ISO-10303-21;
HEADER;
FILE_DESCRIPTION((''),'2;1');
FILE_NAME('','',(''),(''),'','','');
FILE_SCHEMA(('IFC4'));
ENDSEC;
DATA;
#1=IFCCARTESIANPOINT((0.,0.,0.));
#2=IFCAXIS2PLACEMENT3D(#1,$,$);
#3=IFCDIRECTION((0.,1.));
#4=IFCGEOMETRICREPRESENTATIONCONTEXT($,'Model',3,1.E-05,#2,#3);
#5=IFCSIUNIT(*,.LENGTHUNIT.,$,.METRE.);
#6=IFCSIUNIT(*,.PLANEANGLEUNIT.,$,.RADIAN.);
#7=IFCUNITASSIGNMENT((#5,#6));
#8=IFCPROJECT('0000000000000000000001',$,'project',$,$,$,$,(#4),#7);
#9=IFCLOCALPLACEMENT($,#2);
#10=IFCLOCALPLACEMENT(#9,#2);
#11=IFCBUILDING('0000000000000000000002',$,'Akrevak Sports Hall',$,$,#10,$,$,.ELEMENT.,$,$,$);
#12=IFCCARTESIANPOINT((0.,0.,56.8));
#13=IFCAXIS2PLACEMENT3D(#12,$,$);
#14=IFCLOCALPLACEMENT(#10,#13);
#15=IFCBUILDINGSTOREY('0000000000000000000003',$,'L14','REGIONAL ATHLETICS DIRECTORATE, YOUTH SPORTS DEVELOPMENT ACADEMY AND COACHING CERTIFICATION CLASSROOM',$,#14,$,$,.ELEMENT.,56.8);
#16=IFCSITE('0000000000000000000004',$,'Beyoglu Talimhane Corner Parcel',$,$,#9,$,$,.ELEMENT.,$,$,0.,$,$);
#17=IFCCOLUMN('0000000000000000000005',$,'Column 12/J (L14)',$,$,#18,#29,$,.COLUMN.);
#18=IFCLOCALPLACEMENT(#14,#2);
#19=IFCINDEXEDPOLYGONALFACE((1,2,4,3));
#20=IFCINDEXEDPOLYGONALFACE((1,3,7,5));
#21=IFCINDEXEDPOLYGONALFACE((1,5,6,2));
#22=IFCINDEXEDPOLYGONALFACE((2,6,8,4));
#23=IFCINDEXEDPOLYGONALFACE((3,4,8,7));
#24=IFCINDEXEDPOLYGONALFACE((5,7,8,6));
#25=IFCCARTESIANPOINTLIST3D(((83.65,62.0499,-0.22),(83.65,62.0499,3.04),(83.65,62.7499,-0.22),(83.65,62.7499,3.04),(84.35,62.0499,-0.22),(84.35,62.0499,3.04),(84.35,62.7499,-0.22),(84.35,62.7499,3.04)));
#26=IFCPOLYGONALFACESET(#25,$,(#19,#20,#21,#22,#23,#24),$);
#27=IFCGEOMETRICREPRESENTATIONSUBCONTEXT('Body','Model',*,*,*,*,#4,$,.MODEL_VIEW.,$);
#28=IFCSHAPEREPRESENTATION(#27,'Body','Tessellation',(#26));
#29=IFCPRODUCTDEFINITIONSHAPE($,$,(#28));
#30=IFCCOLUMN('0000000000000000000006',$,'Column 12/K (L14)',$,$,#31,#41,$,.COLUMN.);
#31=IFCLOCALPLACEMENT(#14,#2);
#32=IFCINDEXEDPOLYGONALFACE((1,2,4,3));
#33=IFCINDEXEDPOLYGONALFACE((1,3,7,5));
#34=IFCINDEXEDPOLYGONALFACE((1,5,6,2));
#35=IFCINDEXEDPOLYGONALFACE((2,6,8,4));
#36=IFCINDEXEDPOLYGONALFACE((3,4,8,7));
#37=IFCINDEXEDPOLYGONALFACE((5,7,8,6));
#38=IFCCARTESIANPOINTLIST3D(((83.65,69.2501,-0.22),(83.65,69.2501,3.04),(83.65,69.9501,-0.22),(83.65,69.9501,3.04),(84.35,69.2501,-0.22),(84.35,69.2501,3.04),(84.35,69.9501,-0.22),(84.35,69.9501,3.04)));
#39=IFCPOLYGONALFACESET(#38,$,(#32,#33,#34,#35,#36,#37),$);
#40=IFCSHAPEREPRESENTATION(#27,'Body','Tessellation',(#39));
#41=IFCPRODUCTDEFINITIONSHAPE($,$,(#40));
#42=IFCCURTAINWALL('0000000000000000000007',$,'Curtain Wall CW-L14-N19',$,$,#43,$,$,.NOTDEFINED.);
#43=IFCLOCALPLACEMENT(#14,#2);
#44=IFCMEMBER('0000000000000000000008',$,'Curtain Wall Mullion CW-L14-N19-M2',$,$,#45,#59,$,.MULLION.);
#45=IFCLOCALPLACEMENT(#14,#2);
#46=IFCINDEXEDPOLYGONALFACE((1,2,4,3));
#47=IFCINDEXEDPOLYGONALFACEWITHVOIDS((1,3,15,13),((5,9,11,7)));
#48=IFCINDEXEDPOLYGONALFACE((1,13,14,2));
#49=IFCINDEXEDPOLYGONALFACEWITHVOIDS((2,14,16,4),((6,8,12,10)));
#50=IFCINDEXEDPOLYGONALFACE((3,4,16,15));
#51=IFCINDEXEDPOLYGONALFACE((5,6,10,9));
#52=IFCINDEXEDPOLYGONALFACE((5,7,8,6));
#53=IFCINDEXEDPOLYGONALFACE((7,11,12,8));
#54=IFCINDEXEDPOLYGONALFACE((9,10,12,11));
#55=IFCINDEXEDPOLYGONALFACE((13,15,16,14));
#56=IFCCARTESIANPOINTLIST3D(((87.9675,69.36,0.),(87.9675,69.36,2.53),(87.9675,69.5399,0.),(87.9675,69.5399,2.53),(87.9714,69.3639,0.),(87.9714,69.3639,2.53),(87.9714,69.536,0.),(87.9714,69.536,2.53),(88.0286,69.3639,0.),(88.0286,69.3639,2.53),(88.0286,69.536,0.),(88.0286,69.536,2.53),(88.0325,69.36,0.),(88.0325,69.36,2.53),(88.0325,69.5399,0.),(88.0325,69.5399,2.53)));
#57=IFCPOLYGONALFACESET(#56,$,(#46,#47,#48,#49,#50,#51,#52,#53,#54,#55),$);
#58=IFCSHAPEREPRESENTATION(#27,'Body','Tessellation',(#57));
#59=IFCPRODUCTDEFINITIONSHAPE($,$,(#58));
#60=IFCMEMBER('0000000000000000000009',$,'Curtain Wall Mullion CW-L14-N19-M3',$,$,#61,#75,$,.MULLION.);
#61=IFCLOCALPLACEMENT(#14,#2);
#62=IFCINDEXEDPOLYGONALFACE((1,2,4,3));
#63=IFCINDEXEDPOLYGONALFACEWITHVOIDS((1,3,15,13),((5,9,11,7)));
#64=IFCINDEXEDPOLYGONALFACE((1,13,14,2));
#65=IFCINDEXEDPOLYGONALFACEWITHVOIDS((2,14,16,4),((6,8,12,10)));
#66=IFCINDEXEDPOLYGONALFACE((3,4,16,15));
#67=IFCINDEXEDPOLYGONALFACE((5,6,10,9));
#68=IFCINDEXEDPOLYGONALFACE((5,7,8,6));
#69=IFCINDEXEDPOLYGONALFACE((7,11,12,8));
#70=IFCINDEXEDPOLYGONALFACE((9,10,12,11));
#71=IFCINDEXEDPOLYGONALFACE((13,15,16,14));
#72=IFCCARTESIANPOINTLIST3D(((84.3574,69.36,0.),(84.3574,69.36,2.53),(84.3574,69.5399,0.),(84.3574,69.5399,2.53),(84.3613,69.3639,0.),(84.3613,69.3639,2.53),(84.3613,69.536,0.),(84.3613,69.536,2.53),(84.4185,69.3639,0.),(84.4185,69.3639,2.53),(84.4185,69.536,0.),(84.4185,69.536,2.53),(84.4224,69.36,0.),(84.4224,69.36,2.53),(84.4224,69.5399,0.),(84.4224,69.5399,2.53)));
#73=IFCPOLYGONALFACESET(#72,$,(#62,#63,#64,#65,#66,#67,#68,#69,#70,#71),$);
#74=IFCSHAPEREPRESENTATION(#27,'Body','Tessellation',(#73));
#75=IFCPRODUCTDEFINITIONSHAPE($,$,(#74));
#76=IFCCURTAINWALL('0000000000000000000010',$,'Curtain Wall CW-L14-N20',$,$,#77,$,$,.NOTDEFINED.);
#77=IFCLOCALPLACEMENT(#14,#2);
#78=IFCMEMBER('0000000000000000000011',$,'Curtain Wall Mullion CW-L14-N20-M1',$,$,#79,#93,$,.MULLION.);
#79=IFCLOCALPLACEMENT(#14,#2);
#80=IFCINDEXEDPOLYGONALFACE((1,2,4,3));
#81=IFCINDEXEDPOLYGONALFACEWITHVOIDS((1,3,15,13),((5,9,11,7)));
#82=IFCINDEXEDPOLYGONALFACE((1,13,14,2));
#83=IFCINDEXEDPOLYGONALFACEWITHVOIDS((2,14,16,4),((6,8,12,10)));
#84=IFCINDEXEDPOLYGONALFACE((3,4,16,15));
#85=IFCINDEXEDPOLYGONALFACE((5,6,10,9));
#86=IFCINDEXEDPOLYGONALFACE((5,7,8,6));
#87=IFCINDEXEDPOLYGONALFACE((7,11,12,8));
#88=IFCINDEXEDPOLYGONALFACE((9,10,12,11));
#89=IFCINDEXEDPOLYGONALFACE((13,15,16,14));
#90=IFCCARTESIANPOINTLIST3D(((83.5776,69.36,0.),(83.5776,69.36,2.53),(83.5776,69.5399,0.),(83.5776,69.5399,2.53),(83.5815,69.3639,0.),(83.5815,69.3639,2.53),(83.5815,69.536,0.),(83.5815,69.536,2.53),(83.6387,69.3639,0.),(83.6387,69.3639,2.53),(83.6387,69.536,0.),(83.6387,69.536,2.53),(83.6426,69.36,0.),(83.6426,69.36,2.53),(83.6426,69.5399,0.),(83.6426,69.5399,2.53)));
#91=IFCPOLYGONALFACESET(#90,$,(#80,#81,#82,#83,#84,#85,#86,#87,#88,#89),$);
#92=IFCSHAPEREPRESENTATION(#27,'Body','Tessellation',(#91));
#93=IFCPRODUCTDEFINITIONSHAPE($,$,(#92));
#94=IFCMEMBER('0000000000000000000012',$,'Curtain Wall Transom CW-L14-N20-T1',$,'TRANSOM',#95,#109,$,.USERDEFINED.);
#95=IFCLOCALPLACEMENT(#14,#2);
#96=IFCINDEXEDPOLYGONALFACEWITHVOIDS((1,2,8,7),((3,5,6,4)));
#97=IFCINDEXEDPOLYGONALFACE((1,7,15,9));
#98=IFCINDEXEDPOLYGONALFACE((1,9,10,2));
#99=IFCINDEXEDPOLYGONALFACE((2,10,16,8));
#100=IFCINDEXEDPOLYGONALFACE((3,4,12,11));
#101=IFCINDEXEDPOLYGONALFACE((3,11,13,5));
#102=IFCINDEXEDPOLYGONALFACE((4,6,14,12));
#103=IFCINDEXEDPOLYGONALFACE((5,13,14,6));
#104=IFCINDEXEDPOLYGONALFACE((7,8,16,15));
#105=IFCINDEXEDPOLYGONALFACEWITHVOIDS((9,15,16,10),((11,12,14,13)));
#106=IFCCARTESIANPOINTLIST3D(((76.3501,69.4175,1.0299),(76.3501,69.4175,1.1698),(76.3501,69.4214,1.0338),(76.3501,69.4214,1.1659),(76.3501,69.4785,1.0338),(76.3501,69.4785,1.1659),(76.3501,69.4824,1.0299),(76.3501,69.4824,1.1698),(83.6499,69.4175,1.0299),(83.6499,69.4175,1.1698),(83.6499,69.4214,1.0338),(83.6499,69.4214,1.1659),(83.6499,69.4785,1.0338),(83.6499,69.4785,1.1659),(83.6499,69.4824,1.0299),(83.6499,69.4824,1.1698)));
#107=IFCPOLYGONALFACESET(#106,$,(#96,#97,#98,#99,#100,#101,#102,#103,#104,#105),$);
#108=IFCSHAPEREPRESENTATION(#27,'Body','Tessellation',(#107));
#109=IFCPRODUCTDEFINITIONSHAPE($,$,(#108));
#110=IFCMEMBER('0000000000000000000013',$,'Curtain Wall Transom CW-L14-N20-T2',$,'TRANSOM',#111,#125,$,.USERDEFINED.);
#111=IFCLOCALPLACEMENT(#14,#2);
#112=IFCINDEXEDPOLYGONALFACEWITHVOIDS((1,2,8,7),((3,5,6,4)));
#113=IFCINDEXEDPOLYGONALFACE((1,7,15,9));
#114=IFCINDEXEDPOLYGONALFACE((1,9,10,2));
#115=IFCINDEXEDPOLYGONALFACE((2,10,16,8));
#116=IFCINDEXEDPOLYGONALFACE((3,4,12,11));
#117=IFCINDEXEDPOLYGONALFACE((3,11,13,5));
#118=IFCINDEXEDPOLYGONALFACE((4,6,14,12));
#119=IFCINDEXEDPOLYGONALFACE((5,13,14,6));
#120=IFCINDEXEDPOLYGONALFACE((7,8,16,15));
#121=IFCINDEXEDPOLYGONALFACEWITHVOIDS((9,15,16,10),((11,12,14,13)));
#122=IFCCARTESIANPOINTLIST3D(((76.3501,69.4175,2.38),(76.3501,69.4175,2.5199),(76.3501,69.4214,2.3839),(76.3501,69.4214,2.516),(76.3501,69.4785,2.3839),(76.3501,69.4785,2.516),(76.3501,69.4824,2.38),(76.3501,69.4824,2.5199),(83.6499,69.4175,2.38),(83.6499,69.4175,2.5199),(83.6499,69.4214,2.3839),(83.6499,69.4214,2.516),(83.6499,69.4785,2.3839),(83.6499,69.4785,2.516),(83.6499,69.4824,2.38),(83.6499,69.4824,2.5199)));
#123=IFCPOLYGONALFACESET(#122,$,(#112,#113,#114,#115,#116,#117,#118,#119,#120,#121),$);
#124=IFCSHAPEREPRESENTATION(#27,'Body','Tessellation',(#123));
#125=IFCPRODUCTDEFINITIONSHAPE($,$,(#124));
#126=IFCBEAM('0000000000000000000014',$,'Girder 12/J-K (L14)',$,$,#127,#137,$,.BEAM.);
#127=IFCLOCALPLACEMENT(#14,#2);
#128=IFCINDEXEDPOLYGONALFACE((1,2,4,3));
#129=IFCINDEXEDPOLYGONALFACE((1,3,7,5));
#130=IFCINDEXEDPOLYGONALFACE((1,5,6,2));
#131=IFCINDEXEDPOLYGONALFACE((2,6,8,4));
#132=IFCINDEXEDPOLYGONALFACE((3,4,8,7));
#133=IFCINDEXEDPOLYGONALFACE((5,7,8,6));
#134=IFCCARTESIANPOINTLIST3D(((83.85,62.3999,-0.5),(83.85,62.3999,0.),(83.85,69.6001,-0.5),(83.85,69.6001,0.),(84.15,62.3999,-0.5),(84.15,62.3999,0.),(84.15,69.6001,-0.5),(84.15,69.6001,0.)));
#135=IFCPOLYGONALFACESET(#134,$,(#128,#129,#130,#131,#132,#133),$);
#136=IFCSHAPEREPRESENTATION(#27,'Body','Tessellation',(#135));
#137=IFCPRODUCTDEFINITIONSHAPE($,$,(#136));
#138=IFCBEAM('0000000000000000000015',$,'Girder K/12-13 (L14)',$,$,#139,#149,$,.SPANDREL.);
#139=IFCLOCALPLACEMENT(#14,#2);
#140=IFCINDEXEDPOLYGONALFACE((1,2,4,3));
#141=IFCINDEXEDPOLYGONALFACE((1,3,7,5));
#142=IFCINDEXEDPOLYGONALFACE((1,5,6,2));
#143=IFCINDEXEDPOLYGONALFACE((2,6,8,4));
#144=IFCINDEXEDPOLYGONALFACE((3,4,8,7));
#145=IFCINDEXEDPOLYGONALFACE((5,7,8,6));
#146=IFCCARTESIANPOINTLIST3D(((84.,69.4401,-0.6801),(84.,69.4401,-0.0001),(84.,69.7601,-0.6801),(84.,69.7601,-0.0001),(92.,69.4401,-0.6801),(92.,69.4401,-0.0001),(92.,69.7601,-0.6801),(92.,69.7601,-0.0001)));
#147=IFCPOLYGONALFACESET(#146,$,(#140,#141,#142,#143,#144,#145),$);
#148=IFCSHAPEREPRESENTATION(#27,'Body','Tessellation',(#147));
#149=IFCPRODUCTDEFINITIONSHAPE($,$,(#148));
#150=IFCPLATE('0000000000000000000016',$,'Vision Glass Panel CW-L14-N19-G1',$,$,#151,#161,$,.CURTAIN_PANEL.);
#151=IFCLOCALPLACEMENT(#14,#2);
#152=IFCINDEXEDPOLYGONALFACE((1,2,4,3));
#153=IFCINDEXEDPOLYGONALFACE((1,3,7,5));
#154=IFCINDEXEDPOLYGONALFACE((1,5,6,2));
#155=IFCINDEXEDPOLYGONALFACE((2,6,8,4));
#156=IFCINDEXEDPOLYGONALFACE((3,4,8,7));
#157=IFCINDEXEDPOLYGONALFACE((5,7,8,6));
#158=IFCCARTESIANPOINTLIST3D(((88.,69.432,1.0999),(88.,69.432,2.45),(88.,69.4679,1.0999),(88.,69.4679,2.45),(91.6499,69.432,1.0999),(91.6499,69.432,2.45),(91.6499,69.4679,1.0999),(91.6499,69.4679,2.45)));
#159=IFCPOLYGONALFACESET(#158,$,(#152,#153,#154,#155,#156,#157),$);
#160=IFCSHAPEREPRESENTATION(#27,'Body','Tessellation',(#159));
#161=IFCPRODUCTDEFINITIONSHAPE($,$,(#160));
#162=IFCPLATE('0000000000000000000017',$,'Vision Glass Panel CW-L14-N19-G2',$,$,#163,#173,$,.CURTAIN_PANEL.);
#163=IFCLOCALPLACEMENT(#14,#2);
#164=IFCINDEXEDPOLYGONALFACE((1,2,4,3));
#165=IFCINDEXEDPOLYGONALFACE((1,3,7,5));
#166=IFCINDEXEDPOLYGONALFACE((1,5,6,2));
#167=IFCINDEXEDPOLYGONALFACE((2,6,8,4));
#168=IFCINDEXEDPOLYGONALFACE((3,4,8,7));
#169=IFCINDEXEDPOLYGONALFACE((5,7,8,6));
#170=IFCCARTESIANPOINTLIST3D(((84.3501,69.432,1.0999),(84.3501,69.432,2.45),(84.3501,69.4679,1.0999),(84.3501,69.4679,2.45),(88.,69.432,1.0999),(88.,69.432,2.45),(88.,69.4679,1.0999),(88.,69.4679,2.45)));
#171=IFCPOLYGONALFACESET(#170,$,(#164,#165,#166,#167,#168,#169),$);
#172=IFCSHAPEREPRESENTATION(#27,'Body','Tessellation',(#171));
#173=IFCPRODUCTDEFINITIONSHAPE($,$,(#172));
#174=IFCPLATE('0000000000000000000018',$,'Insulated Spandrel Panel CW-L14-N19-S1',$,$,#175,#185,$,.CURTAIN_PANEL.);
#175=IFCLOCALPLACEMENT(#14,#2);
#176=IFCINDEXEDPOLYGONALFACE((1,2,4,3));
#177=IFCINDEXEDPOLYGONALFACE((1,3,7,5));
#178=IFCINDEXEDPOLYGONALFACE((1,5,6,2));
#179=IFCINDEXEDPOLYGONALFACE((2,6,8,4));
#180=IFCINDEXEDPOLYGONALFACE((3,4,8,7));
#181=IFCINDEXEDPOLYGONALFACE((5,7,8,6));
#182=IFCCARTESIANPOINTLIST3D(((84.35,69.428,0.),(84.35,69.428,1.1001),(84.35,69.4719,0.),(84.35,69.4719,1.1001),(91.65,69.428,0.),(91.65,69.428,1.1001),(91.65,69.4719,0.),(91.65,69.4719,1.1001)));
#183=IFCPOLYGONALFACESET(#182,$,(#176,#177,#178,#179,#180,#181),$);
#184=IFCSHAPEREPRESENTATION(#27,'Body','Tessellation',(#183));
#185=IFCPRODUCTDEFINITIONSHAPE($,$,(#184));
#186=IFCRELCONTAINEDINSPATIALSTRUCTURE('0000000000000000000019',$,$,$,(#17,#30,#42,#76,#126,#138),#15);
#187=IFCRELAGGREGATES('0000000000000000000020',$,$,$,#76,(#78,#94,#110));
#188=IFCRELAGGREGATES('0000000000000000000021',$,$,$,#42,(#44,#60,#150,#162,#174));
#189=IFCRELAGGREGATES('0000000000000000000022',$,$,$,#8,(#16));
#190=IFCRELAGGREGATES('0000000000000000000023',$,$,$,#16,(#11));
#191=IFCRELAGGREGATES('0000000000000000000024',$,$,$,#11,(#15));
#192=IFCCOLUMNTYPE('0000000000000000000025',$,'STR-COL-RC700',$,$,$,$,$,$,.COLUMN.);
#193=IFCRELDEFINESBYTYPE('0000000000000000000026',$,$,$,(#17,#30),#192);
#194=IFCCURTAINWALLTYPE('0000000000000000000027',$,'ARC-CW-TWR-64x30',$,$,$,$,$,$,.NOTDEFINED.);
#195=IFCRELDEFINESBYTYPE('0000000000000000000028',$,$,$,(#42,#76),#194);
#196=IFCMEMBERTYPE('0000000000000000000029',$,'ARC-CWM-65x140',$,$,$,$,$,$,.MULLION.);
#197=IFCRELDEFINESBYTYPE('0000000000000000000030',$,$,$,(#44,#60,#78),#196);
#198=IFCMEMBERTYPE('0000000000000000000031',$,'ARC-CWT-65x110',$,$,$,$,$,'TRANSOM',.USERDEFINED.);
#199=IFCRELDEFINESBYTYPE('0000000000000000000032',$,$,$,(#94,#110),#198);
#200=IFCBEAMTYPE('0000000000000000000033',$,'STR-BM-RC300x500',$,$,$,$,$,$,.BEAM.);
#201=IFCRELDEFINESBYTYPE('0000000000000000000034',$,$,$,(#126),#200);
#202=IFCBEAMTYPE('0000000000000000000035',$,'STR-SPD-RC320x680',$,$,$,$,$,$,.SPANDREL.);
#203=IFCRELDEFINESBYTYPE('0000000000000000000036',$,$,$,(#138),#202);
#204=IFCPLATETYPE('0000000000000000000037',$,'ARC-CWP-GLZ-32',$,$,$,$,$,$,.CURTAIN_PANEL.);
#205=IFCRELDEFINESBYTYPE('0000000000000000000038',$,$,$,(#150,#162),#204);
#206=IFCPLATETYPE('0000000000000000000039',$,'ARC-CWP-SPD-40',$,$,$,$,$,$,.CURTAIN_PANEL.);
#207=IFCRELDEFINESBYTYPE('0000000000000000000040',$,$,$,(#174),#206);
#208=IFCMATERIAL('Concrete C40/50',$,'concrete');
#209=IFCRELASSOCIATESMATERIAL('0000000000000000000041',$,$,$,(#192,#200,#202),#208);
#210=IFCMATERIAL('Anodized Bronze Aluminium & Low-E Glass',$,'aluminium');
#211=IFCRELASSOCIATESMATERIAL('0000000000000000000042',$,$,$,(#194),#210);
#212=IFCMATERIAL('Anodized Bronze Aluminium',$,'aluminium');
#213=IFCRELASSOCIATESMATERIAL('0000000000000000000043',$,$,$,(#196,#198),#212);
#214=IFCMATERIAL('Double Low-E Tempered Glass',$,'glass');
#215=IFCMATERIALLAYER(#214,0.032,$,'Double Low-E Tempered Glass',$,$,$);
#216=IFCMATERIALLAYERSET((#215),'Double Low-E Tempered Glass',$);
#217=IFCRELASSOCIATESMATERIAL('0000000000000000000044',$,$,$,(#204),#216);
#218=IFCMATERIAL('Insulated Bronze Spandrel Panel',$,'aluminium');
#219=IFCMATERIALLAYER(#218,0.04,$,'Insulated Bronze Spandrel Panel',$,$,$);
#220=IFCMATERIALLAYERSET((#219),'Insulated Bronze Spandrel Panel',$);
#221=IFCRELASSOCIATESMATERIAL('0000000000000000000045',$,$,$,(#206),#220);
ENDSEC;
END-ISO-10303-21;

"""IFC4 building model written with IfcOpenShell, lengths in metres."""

from ifc_helpers import new_model, si_unit, direction, frame, origin, origin_2d, place, context, subcontext, project, spatial, rectangle, hollow_rectangle, extrude, material, layer, layer_set, material_profile, profile_set, type_object, element, aggregate, save


model = new_model("IFC4")

# Units and contexts
model_context = context("Model", 3, precision=1e-05, world=origin(), true_north=direction((0.0, 1.0)))
body_context = subcontext(model_context, "Body", "Model", "MODEL_VIEW")
ifc_project = project(units=[si_unit("LENGTHUNIT", "METRE"), si_unit("PLANEANGLEUNIT", "RADIAN")], contexts=[model_context])

# Site, building, storey
site_placement = place(None, origin())
site = spatial("IfcSite", under=ifc_project, at=site_placement, Name="Beyoglu Talimhane Corner Parcel", CompositionType="ELEMENT", RefElevation=0.0)
building_placement = place(site_placement, origin())
building = spatial("IfcBuilding", under=site, at=building_placement, Name="Akrevak Sports Hall", CompositionType="ELEMENT")
storey_placement = place(building_placement, frame((0.0, 0.0, 56.8)))
storey = spatial("IfcBuildingStorey", under=building, at=storey_placement, Name="L14", Description="REGIONAL ATHLETICS DIRECTORATE, YOUTH SPORTS DEVELOPMENT ACADEMY AND COACHING CERTIFICATION CLASSROOM", CompositionType="ELEMENT", Elevation=56.8)

# Columns
ifc_material_1 = material(Name="Concrete C40/50", Category="concrete")
ifc_material_profile_1 = material_profile(ifc_material_1, rectangle(XDim=0.7, YDim=0.7, at=origin_2d()), Name="RC 700x700", Category="concrete")
ifc_profile_set_1 = profile_set([ifc_material_profile_1], Name="Concrete C40/50")
column_type = type_object("IfcColumnType", Name="STR-COL-RC700", PredefinedType="COLUMN", material=ifc_profile_set_1)
for number, where, z_axis, x_axis, name in (
    (1, (84.0, 62.3999, -0.22), (0.0, 0.0, 1.0), (1.0, 0.0, 0.0), "Column 12/J (L14)"),
    (2, (84.0, 69.6001, -0.22), (0.0, 0.0, 1.0), (1.0, 0.0, 0.0), "Column 12/K (L14)"),
):
    element("IfcColumn", number, at=place(storey_placement, frame(where, z_axis=z_axis, x_axis=x_axis)), inside=storey, type_object=column_type, Name=name, PredefinedType="COLUMN", context=body_context, shape_type="SweptSolid", body=[
        extrude(rectangle(XDim=0.7, YDim=0.7, at=origin_2d()), origin(), (0.0, 0.0, 1.0), 3.26),
    ])

# Curtain walls, members
ifc_material_2 = material(Name="Anodized Bronze Aluminium & Low-E Glass", Category="aluminium")
curtain_wall_type = type_object("IfcCurtainWallType", Name="ARC-CW-TWR-64x30", PredefinedType="NOTDEFINED", material=ifc_material_2)
curtain_wall_1_placement = place(storey_placement, origin())
curtain_wall_1 = element("IfcCurtainWall", 3, at=curtain_wall_1_placement, inside=storey, type_object=curtain_wall_type, Name="Curtain Wall CW-L14-N19", PredefinedType="NOTDEFINED")
ifc_material_3 = material(Name="Anodized Bronze Aluminium", Category="aluminium")
ifc_material_profile_2 = material_profile(ifc_material_3, hollow_rectangle(XDim=0.0649, YDim=0.1799, WallThickness=0.0039, at=origin_2d()), Name="CWM 65x180", Category="aluminium")
ifc_profile_set_2 = profile_set([ifc_material_profile_2], Name="Anodized Bronze Aluminium")
member_type_1 = type_object("IfcMemberType", Name="ARC-CWM-65x140", PredefinedType="MULLION", material=ifc_profile_set_2)
member_1_placement = place(storey_placement, frame((88.0, 69.45, 0.0), z_axis=(0.0, 0.0, 1.0), x_axis=(-1.0, 0.0, 0.0)))
member_1 = element("IfcMember", 4, at=member_1_placement, type_object=member_type_1, Name="Curtain Wall Mullion CW-L14-N19-M2", PredefinedType="MULLION", context=body_context, shape_type="SweptSolid", body=[
    extrude(hollow_rectangle(XDim=0.0649, YDim=0.1799, WallThickness=0.0039, at=origin_2d()), origin(), (0.0, 0.0, 1.0), 2.53),
])
member_2_placement = place(storey_placement, frame((84.3899, 69.45, 0.0), z_axis=(0.0, 0.0, 1.0), x_axis=(-1.0, 0.0, 0.0)))
member_2 = element("IfcMember", 5, at=member_2_placement, type_object=member_type_1, Name="Curtain Wall Mullion CW-L14-N19-M3", PredefinedType="MULLION", context=body_context, shape_type="SweptSolid", body=[
    extrude(hollow_rectangle(XDim=0.0649, YDim=0.1799, WallThickness=0.0039, at=origin_2d()), origin(), (0.0, 0.0, 1.0), 2.53),
])
curtain_wall_2_placement = place(storey_placement, origin())
curtain_wall_2 = element("IfcCurtainWall", 6, at=curtain_wall_2_placement, inside=storey, type_object=curtain_wall_type, Name="Curtain Wall CW-L14-N20", PredefinedType="NOTDEFINED")
member_3_placement = place(storey_placement, frame((83.6101, 69.45, 0.0), z_axis=(0.0, 0.0, 1.0), x_axis=(-1.0, 0.0, 0.0)))
member_3 = element("IfcMember", 7, at=member_3_placement, type_object=member_type_1, Name="Curtain Wall Mullion CW-L14-N20-M1", PredefinedType="MULLION", context=body_context, shape_type="SweptSolid", body=[
    extrude(hollow_rectangle(XDim=0.0649, YDim=0.1799, WallThickness=0.0039, at=origin_2d()), origin(), (0.0, 0.0, 1.0), 2.53),
])
ifc_material_profile_3 = material_profile(ifc_material_3, hollow_rectangle(XDim=0.0649, YDim=0.1399, WallThickness=0.0039, at=origin_2d()), Name="CWT 65x140", Category="aluminium")
ifc_profile_set_3 = profile_set([ifc_material_profile_3], Name="Anodized Bronze Aluminium")
member_type_2 = type_object("IfcMemberType", Name="ARC-CWT-65x110", ElementType="TRANSOM", PredefinedType="USERDEFINED", material=ifc_profile_set_3)
member_4_placement = place(storey_placement, frame((83.6499, 69.45, 1.0999), z_axis=(-1.0, 0.0, 0.0), x_axis=(0.0, -1.0, 0.0)))
member_4 = element("IfcMember", 8, at=member_4_placement, type_object=member_type_2, Name="Curtain Wall Transom CW-L14-N20-T1", ObjectType="TRANSOM", PredefinedType="USERDEFINED", context=body_context, shape_type="SweptSolid", body=[
    extrude(hollow_rectangle(XDim=0.0649, YDim=0.1399, WallThickness=0.0039, at=origin_2d()), origin(), (0.0, 0.0, 1.0), 7.2998),
])
member_5_placement = place(storey_placement, frame((83.6499, 69.45, 2.45), z_axis=(-1.0, 0.0, 0.0), x_axis=(0.0, -1.0, 0.0)))
member_5 = element("IfcMember", 9, at=member_5_placement, type_object=member_type_2, Name="Curtain Wall Transom CW-L14-N20-T2", ObjectType="TRANSOM", PredefinedType="USERDEFINED", context=body_context, shape_type="SweptSolid", body=[
    extrude(hollow_rectangle(XDim=0.0649, YDim=0.1399, WallThickness=0.0039, at=origin_2d()), origin(), (0.0, 0.0, 1.0), 7.2998),
])
aggregate(curtain_wall_2, [member_3, member_4, member_5])

# Beams
ifc_material_profile_4 = material_profile(ifc_material_1, rectangle(XDim=0.3, YDim=0.5, at=origin_2d()), Name="BM 300x500", Category="concrete")
ifc_profile_set_4 = profile_set([ifc_material_profile_4], Name="Concrete C40/50")
beam_type_1 = type_object("IfcBeamType", Name="STR-BM-RC300x500", PredefinedType="BEAM", material=ifc_profile_set_4)
beam_1_placement = place(storey_placement, frame((84.0, 62.3999, -0.25), z_axis=(0.0, 1.0, 0.0), x_axis=(-1.0, 0.0, 0.0)))
element("IfcBeam", 10, at=beam_1_placement, inside=storey, type_object=beam_type_1, Name="Girder 12/J-K (L14)", PredefinedType="BEAM", context=body_context, shape_type="SweptSolid", body=[
    extrude(rectangle(XDim=0.3, YDim=0.5, at=origin_2d()), origin(), (0.0, 0.0, 1.0), 7.2002),
])
ifc_material_profile_5 = material_profile(ifc_material_1, rectangle(XDim=0.3201, YDim=0.6799, at=origin_2d()), Name="SPD 320x680", Category="concrete")
ifc_profile_set_5 = profile_set([ifc_material_profile_5], Name="Concrete C40/50")
beam_type_2 = type_object("IfcBeamType", Name="STR-SPD-RC320x680", PredefinedType="SPANDREL", material=ifc_profile_set_5)
beam_2_placement = place(storey_placement, frame((84.0, 69.6001, -0.3401), z_axis=(1.0, 0.0, 0.0), x_axis=(0.0, 1.0, 0.0)))
element("IfcBeam", 11, at=beam_2_placement, inside=storey, type_object=beam_type_2, Name="Girder K/12-13 (L14)", PredefinedType="SPANDREL", context=body_context, shape_type="SweptSolid", body=[
    extrude(rectangle(XDim=0.3201, YDim=0.6799, at=origin_2d()), origin(), (0.0, 0.0, 1.0), 8.0),
])

# Plates
ifc_material_4 = material(Name="Double Low-E Tempered Glass", Category="glass")
ifc_layer_1 = layer(ifc_material_4, 0.032, Name="Double Low-E Tempered Glass")
ifc_layer_set_1 = layer_set([ifc_layer_1], Name="Double Low-E Tempered Glass")
plate_type_1 = type_object("IfcPlateType", Name="ARC-CWP-GLZ-32", PredefinedType="CURTAIN_PANEL", material=ifc_layer_set_1)
plate_1_placement = place(storey_placement, frame((89.825, 69.45, 1.0999), z_axis=(0.0, 0.0, 1.0), x_axis=(-1.0, 0.0, 0.0)))
plate_1 = element("IfcPlate", 12, at=plate_1_placement, type_object=plate_type_1, Name="Vision Glass Panel CW-L14-N19-G1", PredefinedType="CURTAIN_PANEL", context=body_context, shape_type="SweptSolid", body=[
    extrude(rectangle(XDim=3.6499, YDim=0.0359, at=origin_2d()), origin(), (0.0, 0.0, 1.0), 1.3501),
])
plate_2_placement = place(storey_placement, frame((86.175, 69.45, 1.0999), z_axis=(0.0, 0.0, 1.0), x_axis=(-1.0, 0.0, 0.0)))
plate_2 = element("IfcPlate", 13, at=plate_2_placement, type_object=plate_type_1, Name="Vision Glass Panel CW-L14-N19-G2", PredefinedType="CURTAIN_PANEL", context=body_context, shape_type="SweptSolid", body=[
    extrude(rectangle(XDim=3.6499, YDim=0.0359, at=origin_2d()), origin(), (0.0, 0.0, 1.0), 1.3501),
])
ifc_material_5 = material(Name="Insulated Bronze Spandrel Panel", Category="aluminium")
ifc_layer_2 = layer(ifc_material_5, 0.04, Name="Insulated Bronze Spandrel Panel")
ifc_layer_set_2 = layer_set([ifc_layer_2], Name="Insulated Bronze Spandrel Panel")
plate_type_2 = type_object("IfcPlateType", Name="ARC-CWP-SPD-40", PredefinedType="CURTAIN_PANEL", material=ifc_layer_set_2)
plate_3_placement = place(storey_placement, frame((88.0, 69.45, 0.0), z_axis=(0.0, 0.0, 1.0), x_axis=(-1.0, 0.0, 0.0)))
plate_3 = element("IfcPlate", 14, at=plate_3_placement, type_object=plate_type_2, Name="Insulated Spandrel Panel CW-L14-N19-S1", PredefinedType="CURTAIN_PANEL", context=body_context, shape_type="SweptSolid", body=[
    extrude(rectangle(XDim=7.3, YDim=0.0439, at=origin_2d()), origin(), (0.0, 0.0, 1.0), 1.1001),
])
aggregate(curtain_wall_1, [member_1, member_2, plate_1, plate_2, plate_3])

save(model, "model.ifc")
